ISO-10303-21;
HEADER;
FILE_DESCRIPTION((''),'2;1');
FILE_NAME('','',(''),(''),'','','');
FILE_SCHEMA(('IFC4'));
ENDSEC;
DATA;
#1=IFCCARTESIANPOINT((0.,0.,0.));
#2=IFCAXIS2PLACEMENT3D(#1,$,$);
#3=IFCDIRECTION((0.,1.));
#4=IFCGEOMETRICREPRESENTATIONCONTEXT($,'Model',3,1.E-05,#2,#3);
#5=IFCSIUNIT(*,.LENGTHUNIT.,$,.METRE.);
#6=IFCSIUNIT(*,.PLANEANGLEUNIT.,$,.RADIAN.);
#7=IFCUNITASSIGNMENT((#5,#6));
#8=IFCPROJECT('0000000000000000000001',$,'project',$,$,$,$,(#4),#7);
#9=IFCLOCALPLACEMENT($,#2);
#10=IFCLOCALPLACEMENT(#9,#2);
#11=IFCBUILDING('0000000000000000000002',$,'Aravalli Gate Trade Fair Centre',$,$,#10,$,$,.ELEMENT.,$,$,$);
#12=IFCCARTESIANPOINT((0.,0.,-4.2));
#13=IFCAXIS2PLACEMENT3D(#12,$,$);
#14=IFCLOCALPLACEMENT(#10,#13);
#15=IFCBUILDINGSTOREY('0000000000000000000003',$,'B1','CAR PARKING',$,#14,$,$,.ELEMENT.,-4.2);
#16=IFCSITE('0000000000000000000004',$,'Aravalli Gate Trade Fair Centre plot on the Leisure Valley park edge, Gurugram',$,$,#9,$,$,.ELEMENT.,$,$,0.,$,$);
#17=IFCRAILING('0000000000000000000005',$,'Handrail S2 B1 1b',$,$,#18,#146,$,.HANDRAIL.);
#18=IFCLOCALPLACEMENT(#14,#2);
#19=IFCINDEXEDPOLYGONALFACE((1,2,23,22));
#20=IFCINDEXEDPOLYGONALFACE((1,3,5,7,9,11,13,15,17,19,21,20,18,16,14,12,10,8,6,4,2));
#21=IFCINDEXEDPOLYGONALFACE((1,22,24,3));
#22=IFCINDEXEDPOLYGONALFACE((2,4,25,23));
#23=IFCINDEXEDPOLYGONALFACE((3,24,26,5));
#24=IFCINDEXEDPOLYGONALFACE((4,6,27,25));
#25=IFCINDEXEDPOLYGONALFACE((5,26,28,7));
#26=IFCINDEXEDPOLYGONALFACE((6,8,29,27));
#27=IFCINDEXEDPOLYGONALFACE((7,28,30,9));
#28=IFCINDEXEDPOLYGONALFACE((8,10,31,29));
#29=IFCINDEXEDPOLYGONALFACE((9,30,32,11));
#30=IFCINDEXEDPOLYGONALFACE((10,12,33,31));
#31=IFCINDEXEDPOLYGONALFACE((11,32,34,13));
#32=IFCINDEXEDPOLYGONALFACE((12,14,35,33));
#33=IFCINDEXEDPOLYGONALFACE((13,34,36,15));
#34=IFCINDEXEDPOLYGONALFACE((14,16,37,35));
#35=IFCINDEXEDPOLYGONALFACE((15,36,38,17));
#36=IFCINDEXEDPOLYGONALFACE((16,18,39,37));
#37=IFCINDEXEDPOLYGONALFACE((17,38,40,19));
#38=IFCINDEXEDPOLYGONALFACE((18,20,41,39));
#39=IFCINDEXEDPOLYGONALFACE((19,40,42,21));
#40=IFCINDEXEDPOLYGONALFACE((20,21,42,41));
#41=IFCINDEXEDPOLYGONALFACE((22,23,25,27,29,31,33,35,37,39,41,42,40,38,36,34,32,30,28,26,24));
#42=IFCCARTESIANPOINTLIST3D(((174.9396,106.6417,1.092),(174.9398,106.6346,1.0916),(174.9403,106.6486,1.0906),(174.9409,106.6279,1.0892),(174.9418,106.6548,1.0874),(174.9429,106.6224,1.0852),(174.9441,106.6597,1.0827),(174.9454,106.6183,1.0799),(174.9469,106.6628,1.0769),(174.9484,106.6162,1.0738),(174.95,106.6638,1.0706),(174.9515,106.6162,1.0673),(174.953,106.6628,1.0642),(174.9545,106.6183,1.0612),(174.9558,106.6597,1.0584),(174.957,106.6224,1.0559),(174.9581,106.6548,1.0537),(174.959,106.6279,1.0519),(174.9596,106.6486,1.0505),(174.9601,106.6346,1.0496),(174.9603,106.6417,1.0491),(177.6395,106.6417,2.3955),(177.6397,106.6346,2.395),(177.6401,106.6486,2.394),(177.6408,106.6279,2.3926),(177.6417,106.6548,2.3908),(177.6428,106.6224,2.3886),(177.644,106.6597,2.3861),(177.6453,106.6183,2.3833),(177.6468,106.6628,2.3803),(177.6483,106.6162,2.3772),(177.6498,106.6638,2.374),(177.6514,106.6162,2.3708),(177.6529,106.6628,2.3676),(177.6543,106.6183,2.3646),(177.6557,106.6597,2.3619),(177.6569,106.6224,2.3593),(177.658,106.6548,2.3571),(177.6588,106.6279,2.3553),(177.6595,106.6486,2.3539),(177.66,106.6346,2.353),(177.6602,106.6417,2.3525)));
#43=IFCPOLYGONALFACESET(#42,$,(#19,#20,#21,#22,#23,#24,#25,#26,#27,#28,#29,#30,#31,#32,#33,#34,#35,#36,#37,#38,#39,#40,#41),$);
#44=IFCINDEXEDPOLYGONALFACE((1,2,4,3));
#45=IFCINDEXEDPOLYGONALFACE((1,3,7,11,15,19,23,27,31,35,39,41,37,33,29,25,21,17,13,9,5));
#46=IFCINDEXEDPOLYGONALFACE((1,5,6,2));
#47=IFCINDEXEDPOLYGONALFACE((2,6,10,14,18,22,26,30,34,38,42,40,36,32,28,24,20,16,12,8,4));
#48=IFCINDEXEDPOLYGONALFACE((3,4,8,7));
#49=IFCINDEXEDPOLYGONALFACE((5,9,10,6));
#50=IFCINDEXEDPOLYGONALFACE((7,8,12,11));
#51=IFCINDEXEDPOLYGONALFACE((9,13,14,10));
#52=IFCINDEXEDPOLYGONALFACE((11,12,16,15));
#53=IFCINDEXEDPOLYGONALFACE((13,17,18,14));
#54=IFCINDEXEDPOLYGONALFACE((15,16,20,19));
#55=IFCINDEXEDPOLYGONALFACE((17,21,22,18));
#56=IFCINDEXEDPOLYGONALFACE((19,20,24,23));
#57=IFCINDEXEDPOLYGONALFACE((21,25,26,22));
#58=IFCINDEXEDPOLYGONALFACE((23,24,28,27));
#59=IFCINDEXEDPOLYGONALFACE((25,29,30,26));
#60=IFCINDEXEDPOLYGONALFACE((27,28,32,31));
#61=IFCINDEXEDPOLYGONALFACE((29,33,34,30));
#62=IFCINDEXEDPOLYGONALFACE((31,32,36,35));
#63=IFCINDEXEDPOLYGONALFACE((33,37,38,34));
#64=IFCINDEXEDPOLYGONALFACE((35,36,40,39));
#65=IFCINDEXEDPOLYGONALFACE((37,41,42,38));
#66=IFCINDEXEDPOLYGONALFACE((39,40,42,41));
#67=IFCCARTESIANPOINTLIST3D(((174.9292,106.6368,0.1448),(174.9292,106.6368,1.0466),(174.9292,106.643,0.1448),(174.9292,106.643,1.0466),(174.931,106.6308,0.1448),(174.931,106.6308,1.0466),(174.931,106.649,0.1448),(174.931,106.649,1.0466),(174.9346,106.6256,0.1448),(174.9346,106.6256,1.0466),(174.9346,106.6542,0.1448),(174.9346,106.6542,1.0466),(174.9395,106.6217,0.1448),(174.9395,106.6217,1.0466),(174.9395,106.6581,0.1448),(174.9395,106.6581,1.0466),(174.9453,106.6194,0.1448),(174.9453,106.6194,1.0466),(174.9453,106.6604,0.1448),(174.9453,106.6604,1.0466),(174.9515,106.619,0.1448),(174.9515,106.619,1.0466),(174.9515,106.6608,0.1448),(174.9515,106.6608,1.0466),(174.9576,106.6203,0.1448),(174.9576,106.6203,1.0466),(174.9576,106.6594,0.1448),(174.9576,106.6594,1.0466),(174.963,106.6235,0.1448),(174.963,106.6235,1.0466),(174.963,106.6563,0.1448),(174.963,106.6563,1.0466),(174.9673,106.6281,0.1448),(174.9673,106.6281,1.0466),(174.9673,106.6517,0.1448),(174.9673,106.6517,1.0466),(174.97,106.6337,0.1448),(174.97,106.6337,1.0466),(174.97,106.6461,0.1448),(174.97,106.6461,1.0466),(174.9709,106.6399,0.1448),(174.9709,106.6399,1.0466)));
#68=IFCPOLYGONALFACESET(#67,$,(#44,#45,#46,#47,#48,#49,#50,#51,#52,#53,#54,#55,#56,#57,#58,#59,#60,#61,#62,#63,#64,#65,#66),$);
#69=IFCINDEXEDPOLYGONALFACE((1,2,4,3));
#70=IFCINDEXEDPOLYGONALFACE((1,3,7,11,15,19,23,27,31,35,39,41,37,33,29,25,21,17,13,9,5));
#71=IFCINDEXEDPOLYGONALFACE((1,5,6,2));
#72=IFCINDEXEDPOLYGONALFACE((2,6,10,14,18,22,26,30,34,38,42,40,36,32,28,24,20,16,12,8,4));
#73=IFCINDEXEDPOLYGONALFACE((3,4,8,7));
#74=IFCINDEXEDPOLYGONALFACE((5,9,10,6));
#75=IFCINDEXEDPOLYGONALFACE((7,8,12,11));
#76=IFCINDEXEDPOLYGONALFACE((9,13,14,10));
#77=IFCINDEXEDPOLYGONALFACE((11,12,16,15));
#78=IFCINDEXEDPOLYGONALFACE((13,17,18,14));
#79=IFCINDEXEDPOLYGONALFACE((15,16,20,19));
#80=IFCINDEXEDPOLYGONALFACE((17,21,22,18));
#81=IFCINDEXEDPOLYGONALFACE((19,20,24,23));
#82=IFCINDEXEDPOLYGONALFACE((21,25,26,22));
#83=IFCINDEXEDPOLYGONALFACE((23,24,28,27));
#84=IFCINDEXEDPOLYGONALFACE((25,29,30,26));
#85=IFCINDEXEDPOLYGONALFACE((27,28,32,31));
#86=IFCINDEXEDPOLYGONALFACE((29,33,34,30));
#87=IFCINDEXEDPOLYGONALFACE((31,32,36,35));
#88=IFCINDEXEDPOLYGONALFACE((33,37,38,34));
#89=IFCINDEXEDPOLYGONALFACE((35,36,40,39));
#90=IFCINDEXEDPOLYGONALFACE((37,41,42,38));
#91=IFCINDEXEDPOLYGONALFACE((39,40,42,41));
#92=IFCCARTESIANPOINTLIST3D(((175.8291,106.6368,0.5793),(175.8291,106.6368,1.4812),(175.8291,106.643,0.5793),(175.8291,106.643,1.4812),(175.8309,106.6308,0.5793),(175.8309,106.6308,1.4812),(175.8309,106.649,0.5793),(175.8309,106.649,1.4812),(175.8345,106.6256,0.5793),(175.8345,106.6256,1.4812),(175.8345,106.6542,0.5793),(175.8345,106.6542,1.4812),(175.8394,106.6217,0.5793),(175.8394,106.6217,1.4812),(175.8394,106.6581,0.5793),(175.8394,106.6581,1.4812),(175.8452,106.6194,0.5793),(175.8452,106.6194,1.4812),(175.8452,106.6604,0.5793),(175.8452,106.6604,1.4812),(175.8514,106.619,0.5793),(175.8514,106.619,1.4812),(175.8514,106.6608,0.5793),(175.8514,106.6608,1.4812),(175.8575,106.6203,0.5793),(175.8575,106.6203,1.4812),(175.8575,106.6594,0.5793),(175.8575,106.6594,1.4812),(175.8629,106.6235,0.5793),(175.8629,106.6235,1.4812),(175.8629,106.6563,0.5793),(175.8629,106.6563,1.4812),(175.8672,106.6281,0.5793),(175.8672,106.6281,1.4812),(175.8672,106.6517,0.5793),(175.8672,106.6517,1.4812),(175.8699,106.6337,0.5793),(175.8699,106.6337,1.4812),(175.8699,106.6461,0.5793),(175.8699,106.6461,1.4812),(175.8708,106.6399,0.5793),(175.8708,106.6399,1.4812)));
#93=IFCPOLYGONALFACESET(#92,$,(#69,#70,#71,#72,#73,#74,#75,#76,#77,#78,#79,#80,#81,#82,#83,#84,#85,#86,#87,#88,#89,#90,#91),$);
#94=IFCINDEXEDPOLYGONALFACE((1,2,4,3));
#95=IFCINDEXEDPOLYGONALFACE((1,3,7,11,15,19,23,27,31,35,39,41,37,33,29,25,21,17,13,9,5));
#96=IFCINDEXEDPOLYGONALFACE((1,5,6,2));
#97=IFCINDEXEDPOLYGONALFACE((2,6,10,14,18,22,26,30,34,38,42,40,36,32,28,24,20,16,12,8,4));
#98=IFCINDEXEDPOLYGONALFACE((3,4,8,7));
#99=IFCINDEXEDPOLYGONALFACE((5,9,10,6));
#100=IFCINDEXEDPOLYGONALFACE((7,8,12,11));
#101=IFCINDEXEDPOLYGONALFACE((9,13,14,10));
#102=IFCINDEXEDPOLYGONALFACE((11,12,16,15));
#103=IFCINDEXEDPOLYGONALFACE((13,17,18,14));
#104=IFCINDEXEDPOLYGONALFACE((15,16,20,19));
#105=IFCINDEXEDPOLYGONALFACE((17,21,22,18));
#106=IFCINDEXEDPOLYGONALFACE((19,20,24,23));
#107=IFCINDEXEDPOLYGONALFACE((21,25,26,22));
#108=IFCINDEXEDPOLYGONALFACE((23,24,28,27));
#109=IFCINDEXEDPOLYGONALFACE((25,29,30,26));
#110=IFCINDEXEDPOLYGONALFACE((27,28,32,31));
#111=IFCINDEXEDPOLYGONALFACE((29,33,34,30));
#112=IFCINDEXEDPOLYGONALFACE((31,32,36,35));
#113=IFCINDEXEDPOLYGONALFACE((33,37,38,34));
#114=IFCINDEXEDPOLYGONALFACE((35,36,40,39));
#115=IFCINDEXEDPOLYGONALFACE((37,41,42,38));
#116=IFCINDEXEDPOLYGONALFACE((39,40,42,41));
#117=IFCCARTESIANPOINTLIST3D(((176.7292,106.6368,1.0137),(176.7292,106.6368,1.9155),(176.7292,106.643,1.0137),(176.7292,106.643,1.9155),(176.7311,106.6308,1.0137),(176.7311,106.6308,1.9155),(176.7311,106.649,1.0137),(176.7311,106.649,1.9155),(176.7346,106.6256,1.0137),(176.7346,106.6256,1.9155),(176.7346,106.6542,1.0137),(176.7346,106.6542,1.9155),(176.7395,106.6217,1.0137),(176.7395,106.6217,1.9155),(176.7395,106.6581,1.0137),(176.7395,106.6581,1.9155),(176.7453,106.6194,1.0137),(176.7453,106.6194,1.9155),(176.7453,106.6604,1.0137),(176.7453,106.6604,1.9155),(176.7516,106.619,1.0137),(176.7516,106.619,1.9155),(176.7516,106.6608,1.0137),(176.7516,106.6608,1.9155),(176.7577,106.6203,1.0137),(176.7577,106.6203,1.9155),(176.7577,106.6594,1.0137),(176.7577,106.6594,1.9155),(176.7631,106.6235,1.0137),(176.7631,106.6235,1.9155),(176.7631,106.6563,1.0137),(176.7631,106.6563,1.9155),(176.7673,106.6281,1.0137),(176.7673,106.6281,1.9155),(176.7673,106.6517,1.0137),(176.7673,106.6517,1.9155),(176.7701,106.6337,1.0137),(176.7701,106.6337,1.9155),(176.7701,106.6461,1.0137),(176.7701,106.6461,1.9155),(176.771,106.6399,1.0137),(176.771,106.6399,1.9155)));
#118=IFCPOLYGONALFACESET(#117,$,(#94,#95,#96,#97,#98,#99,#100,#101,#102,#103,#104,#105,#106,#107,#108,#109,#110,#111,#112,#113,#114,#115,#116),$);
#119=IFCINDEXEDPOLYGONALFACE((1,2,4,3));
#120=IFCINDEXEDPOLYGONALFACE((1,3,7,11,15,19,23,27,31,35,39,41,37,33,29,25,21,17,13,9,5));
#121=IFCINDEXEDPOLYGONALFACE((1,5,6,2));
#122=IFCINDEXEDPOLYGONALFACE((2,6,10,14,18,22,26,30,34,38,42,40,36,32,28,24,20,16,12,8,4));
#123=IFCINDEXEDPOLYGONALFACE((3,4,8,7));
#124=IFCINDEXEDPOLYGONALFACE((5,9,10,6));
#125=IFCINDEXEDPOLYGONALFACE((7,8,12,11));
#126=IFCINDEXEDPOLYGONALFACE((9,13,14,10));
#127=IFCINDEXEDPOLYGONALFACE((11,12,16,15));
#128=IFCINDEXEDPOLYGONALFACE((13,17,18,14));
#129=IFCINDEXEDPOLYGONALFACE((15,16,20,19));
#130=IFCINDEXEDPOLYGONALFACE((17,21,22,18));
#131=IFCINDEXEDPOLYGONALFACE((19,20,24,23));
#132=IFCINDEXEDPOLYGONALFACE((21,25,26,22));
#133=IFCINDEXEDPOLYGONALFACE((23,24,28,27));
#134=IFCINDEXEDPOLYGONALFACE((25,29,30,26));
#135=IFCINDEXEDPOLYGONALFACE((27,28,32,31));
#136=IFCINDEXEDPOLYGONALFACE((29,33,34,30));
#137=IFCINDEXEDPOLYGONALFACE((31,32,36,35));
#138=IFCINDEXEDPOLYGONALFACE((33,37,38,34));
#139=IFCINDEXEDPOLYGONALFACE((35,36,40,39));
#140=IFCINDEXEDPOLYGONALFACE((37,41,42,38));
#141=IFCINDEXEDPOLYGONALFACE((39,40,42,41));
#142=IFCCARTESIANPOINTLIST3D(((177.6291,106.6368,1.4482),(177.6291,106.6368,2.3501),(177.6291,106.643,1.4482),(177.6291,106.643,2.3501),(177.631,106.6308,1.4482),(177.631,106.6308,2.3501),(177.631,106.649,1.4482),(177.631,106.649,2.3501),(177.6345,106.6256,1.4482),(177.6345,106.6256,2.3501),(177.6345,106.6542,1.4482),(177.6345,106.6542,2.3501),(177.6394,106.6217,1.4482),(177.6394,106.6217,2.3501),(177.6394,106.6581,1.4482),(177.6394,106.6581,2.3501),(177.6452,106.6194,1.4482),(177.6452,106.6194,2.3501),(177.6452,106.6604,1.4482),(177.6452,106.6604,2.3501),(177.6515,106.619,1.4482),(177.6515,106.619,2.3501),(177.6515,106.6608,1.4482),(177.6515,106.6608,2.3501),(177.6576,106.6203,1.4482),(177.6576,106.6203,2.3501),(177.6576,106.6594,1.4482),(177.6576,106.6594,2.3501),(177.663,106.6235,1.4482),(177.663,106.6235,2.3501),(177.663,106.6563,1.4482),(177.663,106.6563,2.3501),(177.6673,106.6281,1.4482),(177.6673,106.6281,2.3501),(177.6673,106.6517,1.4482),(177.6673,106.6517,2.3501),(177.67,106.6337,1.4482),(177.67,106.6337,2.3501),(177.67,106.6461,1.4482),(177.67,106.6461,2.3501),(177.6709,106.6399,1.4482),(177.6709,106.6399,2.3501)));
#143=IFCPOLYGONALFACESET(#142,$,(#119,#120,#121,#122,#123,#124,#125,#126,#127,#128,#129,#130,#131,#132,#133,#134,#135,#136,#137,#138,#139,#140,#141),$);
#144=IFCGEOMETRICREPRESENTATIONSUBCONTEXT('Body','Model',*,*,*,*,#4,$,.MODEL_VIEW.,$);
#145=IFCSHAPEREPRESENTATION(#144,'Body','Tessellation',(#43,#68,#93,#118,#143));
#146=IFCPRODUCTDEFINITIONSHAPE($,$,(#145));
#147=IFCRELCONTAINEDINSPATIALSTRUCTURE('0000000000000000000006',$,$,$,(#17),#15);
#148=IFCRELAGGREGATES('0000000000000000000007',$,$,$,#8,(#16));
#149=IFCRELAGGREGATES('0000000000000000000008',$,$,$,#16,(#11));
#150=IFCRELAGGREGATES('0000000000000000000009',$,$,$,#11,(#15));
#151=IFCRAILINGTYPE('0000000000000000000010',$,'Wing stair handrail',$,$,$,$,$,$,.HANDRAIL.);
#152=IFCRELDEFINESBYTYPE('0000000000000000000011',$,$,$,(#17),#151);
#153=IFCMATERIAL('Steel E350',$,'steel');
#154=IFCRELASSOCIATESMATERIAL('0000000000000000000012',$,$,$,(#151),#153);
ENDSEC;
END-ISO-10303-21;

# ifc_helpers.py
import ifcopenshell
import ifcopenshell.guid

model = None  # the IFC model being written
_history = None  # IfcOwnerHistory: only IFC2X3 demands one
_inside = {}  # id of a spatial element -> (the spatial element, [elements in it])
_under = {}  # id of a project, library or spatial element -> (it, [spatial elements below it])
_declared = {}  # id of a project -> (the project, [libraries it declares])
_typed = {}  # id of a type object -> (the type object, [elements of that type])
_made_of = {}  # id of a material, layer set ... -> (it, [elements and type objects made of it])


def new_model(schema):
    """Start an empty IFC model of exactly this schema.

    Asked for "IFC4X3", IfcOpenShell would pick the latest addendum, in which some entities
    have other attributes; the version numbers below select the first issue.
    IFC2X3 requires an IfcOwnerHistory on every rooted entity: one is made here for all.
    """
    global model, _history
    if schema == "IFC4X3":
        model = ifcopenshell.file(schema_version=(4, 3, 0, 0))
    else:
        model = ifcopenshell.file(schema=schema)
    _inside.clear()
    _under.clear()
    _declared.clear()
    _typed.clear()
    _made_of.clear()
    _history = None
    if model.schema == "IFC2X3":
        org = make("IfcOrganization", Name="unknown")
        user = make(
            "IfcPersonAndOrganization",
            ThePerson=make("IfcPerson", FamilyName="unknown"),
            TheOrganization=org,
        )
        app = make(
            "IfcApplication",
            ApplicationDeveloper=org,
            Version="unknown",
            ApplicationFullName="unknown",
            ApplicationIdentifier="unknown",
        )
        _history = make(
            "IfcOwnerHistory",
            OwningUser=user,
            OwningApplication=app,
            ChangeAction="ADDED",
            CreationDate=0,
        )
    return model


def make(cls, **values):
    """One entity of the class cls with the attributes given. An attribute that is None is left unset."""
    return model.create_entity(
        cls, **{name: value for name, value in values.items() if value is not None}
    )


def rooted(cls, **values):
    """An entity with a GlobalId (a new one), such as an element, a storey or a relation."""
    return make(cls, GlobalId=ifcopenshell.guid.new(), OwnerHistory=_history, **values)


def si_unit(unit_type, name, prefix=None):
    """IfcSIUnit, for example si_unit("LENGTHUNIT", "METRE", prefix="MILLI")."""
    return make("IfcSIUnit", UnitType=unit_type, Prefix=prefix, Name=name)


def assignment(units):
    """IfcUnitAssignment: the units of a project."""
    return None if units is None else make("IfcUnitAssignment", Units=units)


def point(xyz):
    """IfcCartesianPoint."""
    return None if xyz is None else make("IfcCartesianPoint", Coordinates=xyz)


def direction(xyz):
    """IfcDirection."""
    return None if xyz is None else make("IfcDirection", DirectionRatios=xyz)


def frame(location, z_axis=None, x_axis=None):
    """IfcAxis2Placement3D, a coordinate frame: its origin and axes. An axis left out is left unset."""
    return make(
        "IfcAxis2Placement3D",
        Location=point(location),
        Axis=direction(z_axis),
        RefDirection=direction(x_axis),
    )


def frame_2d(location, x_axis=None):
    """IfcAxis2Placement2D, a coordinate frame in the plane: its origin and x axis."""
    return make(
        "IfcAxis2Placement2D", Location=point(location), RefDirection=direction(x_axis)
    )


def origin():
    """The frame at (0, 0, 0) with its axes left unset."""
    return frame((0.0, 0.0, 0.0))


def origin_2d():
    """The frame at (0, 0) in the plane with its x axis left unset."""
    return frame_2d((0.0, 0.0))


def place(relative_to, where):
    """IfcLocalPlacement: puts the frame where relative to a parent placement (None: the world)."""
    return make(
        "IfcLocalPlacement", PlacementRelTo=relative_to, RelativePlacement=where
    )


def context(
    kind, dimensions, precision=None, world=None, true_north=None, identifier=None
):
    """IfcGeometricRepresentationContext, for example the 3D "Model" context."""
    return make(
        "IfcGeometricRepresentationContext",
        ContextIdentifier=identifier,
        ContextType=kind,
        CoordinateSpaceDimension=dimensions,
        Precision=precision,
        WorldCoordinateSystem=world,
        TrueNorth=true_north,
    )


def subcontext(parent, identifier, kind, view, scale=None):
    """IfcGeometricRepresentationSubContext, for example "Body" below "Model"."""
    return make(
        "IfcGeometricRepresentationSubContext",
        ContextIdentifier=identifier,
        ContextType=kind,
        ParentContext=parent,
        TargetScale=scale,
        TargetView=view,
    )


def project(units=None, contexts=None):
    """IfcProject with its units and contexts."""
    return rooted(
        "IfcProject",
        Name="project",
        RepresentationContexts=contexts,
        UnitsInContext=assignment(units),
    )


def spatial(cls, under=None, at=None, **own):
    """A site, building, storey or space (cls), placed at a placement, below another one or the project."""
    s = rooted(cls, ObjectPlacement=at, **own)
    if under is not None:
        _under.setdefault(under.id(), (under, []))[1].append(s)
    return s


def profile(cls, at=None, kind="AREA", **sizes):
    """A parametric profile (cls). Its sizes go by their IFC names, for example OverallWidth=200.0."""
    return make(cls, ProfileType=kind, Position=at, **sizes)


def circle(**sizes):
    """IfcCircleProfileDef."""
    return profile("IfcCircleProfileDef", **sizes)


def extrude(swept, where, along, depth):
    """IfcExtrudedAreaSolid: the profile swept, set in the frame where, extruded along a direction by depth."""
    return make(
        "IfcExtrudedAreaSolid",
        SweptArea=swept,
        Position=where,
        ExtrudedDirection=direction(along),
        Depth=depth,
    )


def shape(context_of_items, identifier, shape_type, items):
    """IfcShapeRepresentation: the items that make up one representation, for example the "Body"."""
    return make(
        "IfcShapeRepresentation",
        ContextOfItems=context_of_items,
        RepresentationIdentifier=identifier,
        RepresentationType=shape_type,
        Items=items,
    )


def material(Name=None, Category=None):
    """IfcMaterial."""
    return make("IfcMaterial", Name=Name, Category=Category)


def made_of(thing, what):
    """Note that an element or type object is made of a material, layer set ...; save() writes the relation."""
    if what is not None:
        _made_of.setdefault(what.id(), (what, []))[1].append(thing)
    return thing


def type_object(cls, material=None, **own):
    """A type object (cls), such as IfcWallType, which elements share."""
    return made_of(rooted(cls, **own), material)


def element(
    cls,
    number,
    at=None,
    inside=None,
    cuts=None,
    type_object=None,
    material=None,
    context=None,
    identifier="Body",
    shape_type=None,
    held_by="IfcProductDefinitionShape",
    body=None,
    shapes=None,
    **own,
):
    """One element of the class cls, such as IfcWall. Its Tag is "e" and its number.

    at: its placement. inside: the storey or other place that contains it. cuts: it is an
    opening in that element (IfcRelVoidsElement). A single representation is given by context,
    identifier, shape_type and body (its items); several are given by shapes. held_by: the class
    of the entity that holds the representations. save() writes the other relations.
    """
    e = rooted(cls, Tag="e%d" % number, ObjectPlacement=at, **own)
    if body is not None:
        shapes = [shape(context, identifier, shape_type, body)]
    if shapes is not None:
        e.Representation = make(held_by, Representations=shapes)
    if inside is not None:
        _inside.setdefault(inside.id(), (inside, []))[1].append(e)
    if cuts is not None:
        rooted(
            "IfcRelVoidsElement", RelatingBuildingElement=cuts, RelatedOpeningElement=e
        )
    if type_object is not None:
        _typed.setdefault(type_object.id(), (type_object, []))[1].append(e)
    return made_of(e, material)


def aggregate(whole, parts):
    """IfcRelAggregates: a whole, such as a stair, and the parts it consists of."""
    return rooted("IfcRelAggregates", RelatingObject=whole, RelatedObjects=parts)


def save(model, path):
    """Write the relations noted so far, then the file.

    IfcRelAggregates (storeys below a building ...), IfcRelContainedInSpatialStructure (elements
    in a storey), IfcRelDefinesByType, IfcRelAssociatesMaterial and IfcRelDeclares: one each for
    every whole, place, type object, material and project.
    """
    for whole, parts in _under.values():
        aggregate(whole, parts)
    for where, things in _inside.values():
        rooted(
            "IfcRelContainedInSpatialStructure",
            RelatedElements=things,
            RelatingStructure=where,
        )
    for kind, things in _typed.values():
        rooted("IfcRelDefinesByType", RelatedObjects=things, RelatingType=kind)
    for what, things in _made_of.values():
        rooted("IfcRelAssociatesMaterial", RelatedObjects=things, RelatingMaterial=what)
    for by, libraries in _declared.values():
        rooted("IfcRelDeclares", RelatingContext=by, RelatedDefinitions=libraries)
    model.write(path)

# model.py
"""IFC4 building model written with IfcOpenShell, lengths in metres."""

from ifc_helpers import new_model, si_unit, direction, frame, origin, origin_2d, place, context, subcontext, project, spatial, circle, extrude, material, type_object, element, save


model = new_model("IFC4")

# Units and contexts
model_context = context("Model", 3, precision=1e-05, world=origin(), true_north=direction((0.0, 1.0)))
body_context = subcontext(model_context, "Body", "Model", "MODEL_VIEW")
ifc_project = project(units=[si_unit("LENGTHUNIT", "METRE"), si_unit("PLANEANGLEUNIT", "RADIAN")], contexts=[model_context])

# Site, building, storey
site_placement = place(None, origin())
site = spatial("IfcSite", under=ifc_project, at=site_placement, Name="Aravalli Gate Trade Fair Centre plot on the Leisure Valley park edge, Gurugram", CompositionType="ELEMENT", RefElevation=0.0)
building_placement = place(site_placement, origin())
building = spatial("IfcBuilding", under=site, at=building_placement, Name="Aravalli Gate Trade Fair Centre", CompositionType="ELEMENT")
storey_placement = place(building_placement, frame((0.0, 0.0, -4.2)))
storey = spatial("IfcBuildingStorey", under=building, at=storey_placement, Name="B1", Description="CAR PARKING", CompositionType="ELEMENT", Elevation=-4.2)

# Shared definitions
ifc_material_1 = material(Name="Steel E350", Category="steel")

# Railing
railing_type_1 = type_object("IfcRailingType", Name="Wing stair handrail", PredefinedType="HANDRAIL", material=ifc_material_1)
for number, where, name in (
    (1, (174.95, 106.6399, 0.1448), "Handrail S2 B1 1b"),
):
    element("IfcRailing", number, at=place(storey_placement, frame(where)), inside=storey, type_object=railing_type_1, Name=name, PredefinedType="HANDRAIL", context=body_context, shape_type="SweptSolid", body=[
        extrude(circle(Radius=0.0239, at=origin_2d()), frame((0.0, 0.0, 0.9258), z_axis=(0.900546, 0.0, 0.43476), x_axis=(0.0, 1.0, 0.0)), (0.0, 0.0, 1.0), 2.998),
        extrude(circle(Radius=0.021, at=origin_2d()), origin(), (0.0, 0.0, 1.0), 0.9019),
        extrude(circle(Radius=0.021, at=origin_2d()), frame((0.8999, 0.0, 0.4346)), (0.0, 0.0, 1.0), 0.9019),
        extrude(circle(Radius=0.021, at=origin_2d()), frame((1.8, 0.0, 0.8689)), (0.0, 0.0, 1.0), 0.9019),
        extrude(circle(Radius=0.021, at=origin_2d()), frame((2.7, 0.0, 1.3035)), (0.0, 0.0, 1.0), 0.9019),
    ])

save(model, "model.ifc")
